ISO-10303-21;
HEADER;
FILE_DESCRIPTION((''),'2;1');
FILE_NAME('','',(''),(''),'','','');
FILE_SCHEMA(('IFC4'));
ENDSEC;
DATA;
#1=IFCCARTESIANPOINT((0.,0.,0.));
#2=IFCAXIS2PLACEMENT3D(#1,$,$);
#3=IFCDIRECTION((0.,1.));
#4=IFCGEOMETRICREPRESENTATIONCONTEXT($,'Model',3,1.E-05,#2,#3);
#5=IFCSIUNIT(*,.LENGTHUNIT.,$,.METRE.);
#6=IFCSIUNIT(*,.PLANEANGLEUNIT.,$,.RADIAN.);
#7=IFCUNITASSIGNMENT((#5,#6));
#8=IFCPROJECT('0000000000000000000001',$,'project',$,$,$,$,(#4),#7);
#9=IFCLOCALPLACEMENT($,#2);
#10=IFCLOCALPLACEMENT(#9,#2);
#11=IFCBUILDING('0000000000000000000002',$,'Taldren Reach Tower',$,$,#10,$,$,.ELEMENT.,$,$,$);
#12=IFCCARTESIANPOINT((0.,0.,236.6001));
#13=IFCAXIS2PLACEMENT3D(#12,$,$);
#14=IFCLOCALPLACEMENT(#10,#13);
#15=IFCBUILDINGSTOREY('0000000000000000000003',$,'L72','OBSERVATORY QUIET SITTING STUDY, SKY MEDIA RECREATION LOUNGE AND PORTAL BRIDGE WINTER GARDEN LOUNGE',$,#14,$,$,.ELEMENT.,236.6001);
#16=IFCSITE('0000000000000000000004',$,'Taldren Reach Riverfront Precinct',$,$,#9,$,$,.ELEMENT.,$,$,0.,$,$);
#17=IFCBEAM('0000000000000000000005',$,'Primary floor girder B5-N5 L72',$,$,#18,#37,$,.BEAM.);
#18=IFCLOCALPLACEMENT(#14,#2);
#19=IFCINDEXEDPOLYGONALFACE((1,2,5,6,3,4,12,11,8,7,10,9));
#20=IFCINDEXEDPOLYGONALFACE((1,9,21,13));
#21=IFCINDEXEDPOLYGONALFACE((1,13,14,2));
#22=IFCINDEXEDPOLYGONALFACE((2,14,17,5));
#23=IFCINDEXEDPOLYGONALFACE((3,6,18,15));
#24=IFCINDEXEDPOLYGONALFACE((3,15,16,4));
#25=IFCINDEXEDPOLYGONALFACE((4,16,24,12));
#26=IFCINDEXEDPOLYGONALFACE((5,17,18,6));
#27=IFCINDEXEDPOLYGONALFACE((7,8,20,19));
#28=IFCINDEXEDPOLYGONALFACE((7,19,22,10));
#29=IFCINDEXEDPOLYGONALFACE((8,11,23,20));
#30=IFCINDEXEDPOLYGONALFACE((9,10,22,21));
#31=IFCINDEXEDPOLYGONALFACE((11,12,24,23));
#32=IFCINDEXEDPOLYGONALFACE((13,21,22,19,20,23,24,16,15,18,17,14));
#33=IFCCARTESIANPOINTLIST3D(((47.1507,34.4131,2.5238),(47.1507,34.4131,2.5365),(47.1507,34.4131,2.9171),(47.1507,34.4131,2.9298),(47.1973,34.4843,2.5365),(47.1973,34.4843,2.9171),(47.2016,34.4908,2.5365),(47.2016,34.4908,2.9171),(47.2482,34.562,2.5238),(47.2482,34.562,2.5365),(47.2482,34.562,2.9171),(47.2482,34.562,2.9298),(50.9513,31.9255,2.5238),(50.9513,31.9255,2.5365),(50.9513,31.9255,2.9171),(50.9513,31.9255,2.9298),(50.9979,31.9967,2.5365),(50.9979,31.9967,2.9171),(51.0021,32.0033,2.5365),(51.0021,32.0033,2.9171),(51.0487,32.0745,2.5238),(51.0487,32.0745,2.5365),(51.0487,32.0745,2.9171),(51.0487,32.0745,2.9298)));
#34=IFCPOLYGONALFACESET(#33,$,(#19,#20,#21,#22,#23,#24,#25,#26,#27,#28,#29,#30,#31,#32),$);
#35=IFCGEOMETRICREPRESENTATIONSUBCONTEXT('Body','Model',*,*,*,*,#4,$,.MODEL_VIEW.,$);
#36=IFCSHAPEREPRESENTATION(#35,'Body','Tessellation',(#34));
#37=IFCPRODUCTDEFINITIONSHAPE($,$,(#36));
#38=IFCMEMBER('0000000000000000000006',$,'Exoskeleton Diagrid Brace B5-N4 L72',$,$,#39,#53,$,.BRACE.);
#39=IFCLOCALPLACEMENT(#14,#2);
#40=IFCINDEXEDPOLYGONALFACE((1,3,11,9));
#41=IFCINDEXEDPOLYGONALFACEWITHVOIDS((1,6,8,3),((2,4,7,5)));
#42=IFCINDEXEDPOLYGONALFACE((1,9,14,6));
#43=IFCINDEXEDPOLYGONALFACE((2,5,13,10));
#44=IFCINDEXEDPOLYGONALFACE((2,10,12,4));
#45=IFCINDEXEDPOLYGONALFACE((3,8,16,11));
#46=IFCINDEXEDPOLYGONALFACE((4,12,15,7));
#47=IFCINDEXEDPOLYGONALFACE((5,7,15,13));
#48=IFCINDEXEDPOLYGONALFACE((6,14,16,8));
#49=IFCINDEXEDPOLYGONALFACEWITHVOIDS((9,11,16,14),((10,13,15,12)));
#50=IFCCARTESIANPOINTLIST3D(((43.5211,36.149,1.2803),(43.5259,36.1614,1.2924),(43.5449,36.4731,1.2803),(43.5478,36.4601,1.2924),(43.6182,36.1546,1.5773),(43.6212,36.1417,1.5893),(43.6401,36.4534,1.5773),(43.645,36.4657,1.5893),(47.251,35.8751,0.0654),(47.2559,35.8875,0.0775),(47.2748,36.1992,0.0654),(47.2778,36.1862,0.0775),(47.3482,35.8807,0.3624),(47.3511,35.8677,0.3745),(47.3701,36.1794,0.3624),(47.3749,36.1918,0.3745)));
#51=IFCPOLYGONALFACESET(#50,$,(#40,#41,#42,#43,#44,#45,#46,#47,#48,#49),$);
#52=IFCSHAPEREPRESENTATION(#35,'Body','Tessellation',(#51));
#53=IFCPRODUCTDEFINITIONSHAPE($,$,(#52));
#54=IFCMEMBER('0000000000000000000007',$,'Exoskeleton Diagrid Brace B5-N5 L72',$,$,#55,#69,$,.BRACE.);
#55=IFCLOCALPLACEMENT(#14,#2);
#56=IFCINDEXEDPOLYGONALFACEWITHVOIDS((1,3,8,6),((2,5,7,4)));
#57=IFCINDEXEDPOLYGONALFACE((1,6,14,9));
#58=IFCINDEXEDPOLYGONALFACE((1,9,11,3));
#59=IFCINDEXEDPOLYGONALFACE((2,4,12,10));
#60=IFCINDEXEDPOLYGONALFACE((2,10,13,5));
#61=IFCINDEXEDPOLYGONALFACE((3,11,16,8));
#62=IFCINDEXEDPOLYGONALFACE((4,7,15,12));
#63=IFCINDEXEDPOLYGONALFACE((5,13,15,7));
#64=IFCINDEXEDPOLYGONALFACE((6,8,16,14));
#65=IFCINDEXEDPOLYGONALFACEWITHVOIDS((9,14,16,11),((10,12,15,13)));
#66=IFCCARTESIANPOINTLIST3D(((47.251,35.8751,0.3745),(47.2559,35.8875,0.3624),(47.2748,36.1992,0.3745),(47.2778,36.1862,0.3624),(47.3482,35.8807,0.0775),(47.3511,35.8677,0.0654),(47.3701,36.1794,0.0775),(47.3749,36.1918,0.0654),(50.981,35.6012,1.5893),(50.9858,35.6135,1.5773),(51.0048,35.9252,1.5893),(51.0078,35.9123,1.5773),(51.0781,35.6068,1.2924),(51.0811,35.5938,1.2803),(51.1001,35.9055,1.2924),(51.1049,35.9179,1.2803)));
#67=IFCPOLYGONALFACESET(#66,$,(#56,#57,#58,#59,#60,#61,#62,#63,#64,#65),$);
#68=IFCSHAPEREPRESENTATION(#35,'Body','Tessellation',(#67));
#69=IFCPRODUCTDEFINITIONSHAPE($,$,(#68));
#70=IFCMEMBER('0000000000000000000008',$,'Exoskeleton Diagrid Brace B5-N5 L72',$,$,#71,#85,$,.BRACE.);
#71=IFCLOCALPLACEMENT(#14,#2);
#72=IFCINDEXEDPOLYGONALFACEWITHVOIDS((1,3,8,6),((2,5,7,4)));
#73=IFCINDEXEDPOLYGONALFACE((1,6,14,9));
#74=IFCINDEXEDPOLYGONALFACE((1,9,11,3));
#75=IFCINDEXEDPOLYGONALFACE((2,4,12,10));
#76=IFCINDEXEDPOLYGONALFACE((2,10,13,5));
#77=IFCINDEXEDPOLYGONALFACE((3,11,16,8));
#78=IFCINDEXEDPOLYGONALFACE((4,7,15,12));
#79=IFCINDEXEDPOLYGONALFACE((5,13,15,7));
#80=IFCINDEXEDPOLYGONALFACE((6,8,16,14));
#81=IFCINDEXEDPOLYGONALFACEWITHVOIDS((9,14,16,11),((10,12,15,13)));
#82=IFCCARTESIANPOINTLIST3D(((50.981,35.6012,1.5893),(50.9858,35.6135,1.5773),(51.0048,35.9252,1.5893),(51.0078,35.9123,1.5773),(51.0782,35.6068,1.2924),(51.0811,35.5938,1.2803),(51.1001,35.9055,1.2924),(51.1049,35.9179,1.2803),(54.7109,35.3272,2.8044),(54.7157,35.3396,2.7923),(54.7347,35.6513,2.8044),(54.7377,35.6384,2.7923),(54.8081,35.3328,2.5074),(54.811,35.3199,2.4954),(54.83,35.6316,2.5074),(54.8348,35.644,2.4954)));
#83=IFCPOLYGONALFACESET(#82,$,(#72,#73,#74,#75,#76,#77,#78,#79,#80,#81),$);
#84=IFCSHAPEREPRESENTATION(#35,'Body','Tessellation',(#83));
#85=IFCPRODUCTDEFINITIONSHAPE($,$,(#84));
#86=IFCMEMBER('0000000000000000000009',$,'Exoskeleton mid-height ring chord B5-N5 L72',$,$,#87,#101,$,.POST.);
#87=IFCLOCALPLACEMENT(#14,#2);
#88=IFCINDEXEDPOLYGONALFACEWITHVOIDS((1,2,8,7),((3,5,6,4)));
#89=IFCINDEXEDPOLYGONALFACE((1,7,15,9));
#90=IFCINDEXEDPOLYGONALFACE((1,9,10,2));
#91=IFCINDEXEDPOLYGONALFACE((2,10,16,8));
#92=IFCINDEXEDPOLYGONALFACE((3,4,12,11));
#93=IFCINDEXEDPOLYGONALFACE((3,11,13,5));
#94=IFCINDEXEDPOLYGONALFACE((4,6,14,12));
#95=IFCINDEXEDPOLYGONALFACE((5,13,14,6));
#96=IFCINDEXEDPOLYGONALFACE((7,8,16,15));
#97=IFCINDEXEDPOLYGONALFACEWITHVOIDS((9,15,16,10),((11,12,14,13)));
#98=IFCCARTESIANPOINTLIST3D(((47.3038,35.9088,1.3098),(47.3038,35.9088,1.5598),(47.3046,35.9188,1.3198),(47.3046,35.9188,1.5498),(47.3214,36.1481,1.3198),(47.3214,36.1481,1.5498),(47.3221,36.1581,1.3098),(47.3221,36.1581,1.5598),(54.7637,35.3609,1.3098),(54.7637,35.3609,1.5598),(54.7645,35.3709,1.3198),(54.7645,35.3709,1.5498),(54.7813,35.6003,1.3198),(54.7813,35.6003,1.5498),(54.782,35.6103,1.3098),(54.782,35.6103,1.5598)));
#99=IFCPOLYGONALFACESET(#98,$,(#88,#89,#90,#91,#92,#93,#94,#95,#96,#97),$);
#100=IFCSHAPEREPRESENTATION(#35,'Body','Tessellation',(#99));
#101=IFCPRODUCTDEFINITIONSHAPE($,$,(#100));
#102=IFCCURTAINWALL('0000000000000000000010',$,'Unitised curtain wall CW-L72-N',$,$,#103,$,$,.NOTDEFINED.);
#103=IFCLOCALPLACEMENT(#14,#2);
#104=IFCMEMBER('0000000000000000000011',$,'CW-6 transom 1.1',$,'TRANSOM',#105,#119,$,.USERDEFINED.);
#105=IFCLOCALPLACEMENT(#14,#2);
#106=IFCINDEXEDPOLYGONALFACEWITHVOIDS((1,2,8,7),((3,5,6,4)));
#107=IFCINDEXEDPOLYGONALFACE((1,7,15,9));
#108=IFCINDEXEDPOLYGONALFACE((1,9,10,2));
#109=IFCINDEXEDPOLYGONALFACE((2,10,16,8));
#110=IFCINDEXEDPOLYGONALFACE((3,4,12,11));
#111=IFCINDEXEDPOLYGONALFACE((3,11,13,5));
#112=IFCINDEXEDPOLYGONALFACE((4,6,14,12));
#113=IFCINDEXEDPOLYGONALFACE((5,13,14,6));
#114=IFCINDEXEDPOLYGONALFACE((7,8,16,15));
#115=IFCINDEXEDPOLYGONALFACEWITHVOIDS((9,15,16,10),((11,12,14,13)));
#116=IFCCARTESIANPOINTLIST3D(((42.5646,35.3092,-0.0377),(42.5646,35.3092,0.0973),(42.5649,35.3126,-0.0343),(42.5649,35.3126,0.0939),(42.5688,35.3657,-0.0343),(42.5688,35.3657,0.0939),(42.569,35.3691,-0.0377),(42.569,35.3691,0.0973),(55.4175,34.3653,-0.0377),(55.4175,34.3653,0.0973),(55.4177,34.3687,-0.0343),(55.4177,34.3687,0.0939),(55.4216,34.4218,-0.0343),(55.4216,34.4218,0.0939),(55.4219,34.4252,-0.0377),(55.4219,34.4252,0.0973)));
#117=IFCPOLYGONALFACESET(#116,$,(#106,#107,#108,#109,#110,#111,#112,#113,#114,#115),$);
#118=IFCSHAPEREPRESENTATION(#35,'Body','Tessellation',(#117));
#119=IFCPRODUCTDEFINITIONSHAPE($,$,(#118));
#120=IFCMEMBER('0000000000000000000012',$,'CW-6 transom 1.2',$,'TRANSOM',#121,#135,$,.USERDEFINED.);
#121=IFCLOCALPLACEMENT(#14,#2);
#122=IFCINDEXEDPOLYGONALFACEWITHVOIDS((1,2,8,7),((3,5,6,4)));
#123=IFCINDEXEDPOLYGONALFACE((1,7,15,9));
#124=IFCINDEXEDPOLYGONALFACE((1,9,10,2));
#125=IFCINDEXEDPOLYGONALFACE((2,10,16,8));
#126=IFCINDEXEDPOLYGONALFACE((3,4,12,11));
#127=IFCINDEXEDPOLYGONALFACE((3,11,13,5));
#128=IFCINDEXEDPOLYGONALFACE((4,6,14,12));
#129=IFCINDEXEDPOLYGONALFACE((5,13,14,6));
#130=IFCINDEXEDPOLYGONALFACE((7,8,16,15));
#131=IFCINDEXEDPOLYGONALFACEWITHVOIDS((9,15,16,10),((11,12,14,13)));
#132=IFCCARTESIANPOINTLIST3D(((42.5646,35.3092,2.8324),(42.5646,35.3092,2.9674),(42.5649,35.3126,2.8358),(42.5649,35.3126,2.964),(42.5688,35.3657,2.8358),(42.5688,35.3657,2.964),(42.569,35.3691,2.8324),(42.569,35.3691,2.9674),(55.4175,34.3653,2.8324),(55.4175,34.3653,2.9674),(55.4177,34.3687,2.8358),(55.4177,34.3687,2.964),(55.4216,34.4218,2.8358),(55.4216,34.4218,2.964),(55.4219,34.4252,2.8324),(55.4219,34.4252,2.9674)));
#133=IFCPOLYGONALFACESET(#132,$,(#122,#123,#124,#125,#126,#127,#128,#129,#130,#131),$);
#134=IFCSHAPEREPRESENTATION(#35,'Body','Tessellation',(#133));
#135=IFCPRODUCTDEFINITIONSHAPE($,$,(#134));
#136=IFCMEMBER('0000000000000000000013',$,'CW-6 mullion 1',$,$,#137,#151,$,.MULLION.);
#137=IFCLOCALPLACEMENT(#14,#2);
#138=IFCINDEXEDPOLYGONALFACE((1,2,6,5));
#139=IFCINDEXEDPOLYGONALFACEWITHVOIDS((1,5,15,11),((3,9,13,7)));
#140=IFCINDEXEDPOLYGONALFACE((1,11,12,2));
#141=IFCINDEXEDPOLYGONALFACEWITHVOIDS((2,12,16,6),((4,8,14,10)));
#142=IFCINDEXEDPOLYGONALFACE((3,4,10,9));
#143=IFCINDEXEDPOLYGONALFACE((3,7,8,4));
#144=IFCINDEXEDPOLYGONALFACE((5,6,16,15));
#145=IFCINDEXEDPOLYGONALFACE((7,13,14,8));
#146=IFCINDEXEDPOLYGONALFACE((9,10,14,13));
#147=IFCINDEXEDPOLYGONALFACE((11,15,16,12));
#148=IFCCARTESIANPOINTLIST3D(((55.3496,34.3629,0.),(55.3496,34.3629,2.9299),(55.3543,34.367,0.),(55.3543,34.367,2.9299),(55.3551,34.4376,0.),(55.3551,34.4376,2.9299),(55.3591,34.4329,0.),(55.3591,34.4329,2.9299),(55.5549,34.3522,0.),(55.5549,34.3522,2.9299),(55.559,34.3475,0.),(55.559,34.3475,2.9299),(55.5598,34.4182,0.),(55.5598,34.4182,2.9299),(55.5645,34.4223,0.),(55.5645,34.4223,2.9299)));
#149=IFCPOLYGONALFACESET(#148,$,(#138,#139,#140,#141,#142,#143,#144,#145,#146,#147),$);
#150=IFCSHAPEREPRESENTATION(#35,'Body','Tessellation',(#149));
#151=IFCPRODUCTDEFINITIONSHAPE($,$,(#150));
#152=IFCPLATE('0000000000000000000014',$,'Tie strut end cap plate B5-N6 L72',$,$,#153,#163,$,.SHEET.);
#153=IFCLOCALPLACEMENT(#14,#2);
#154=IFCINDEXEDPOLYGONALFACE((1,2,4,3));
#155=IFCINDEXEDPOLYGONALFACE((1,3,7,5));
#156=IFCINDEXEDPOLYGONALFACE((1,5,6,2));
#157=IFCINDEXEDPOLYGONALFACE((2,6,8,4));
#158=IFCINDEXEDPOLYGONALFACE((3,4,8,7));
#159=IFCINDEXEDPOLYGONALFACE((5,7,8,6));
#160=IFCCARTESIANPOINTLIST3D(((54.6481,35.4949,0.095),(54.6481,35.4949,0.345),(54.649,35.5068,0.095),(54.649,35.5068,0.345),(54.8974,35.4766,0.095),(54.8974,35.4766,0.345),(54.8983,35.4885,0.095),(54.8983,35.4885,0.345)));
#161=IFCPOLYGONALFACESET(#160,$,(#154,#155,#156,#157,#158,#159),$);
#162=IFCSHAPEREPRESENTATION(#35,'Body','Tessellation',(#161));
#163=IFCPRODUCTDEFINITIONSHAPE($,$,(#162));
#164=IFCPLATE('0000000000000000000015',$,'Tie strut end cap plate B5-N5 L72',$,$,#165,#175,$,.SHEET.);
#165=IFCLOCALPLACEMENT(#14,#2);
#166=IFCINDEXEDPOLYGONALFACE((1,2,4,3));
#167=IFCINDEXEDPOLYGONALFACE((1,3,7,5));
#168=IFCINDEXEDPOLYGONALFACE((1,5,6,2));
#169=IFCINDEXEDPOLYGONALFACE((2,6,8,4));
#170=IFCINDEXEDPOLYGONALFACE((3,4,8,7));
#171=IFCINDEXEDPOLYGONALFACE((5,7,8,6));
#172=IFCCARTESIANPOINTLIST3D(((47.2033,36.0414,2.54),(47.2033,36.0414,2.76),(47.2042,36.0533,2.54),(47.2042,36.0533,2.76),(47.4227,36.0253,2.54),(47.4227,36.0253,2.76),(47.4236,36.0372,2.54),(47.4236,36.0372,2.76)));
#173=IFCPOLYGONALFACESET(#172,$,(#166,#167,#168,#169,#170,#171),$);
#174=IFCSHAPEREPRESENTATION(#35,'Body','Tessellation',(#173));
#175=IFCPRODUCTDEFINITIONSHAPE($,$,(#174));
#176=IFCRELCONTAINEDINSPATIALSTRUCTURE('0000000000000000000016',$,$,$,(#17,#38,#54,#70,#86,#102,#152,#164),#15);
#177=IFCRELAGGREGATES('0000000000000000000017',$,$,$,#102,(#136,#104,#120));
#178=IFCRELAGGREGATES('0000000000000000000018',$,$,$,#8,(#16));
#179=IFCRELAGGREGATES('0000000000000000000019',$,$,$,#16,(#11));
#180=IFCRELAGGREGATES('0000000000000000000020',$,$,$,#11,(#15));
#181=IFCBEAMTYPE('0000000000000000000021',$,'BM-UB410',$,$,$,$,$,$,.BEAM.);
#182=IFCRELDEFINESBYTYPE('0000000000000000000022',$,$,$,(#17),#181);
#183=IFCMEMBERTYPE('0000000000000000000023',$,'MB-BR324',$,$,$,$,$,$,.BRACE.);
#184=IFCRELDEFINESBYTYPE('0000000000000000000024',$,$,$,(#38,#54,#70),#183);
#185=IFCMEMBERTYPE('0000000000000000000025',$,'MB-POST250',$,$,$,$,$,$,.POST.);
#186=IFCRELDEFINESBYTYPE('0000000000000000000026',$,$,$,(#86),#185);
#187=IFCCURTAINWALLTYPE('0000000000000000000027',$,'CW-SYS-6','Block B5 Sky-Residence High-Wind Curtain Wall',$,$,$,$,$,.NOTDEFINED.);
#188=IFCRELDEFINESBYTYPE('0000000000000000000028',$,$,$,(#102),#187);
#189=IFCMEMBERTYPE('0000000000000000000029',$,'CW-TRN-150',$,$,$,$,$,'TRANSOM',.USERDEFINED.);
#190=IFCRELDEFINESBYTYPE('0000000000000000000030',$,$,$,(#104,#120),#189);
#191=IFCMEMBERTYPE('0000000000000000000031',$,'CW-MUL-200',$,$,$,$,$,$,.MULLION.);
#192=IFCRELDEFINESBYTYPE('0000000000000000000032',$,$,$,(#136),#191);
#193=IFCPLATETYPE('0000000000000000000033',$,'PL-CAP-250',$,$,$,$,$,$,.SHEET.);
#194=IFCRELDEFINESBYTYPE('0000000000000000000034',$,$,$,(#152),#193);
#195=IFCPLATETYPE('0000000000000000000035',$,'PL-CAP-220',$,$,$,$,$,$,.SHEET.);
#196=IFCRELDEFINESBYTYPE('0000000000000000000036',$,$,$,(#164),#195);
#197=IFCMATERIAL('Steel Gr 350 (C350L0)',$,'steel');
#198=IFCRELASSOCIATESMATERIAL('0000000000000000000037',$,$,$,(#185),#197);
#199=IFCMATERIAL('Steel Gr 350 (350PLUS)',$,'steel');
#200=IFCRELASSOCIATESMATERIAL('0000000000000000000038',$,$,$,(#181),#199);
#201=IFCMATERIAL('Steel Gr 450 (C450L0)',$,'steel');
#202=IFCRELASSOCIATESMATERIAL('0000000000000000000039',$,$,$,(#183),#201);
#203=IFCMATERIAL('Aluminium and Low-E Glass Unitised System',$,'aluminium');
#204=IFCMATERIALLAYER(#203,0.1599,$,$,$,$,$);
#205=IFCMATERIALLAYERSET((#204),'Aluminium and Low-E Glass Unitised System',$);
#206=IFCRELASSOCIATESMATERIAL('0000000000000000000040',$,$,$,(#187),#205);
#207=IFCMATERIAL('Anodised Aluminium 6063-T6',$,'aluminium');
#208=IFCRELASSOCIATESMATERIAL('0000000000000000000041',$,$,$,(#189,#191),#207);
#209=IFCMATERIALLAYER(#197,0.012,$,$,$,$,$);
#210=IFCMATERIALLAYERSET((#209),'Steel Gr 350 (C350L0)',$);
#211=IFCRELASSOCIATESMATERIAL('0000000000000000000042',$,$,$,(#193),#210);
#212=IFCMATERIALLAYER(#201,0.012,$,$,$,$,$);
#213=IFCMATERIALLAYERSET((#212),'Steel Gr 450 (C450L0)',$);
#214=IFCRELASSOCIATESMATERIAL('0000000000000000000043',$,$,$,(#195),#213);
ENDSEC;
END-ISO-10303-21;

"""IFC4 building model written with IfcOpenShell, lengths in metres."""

from ifc_helpers import new_model, si_unit, direction, frame, origin, origin_2d, place, context, subcontext, project, spatial, rectangle, hollow_rectangle, i_section, extrude, source, transform, mapped, material, layer, layer_set, material_profile, profile_set, type_object, element, aggregate, save


model = new_model("IFC4")

# Units and contexts
model_context = context("Model", 3, precision=1e-05, world=origin(), true_north=direction((0.0, 1.0)))
body_context = subcontext(model_context, "Body", "Model", "MODEL_VIEW")
ifc_project = project(units=[si_unit("LENGTHUNIT", "METRE"), si_unit("PLANEANGLEUNIT", "RADIAN")], contexts=[model_context])

# Site, building, storey
site_placement = place(None, origin())
site = spatial("IfcSite", under=ifc_project, at=site_placement, Name="Taldren Reach Riverfront Precinct", CompositionType="ELEMENT", RefElevation=0.0)
building_placement = place(site_placement, origin())
building = spatial("IfcBuilding", under=site, at=building_placement, Name="Taldren Reach Tower", CompositionType="ELEMENT")
storey_placement = place(building_placement, frame((0.0, 0.0, 236.6001)))
storey = spatial("IfcBuildingStorey", under=building, at=storey_placement, Name="L72", Description="OBSERVATORY QUIET SITTING STUDY, SKY MEDIA RECREATION LOUNGE AND PORTAL BRIDGE WINTER GARDEN LOUNGE", CompositionType="ELEMENT", Elevation=236.6001)

# Shared definitions
ifc_material_1 = material(Name="Steel Gr 350 (C350L0)", Category="steel")
ifc_material_2 = material(Name="Steel Gr 350 (350PLUS)", Category="steel")

# Shared definitions
ifc_material_profile_1 = material_profile(ifc_material_1, hollow_rectangle(XDim=0.25, YDim=0.25, WallThickness=0.01, at=origin_2d()), Name="250x250x10.0SHS")
ifc_profile_set_1 = profile_set([ifc_material_profile_1], Name="Steel Gr 350 (C350L0)")
member_type_1 = type_object("IfcMemberType", Name="MB-POST250", PredefinedType="POST", material=ifc_profile_set_1)
ifc_material_3 = material(Name="Steel Gr 450 (C450L0)", Category="steel")

# Beam
ifc_material_profile_2 = material_profile(ifc_material_2, i_section(OverallWidth=0.178, OverallDepth=0.406, WebThickness=0.0078, FlangeThickness=0.0127, at=origin_2d()), Name="410UB59.7")
ifc_profile_set_2 = profile_set([ifc_material_profile_2], Name="Steel Gr 350 (350PLUS)")
beam_type_1 = type_object("IfcBeamType", Name="BM-UB410", PredefinedType="BEAM", material=ifc_profile_set_2)
shared_shape_1 = source(origin(), body_context, "Body", "SweptSolid", [
    extrude(i_section(OverallWidth=0.178, OverallDepth=0.406, WebThickness=0.0078, FlangeThickness=0.0127, at=origin_2d()), origin(), (0.0, 0.0, 1.0), 4.5422),
])
beam_placement = place(storey_placement, frame((51.0, 32.0, 2.7268), z_axis=(-0.836709, 0.547648, 0.0), x_axis=(-0.547648, -0.836709, 0.0)))
element("IfcBeam", 1, at=beam_placement, inside=storey, type_object=beam_type_1, Name="Primary floor girder B5-N5 L72", PredefinedType="BEAM", context=body_context, shape_type="MappedRepresentation", body=[
    mapped(shared_shape_1, transform((0.0, 0.0, 0.0), scale=1.0)),
])

# Members
ifc_material_profile_3 = material_profile(ifc_material_3, hollow_rectangle(XDim=0.325, YDim=0.325, WallThickness=0.0127, at=origin_2d()), Name="325x325x12.7SHS")
ifc_profile_set_3 = profile_set([ifc_material_profile_3], Name="Steel Gr 450 (C450L0)")
member_type_2 = type_object("IfcMemberType", Name="MB-BR324", PredefinedType="BRACE", material=ifc_profile_set_3)
shared_shape_2 = source(origin(), body_context, "Body", "SweptSolid", [
    extrude(hollow_rectangle(XDim=0.325, YDim=0.325, WallThickness=0.0127, at=origin_2d()), origin(), (0.0, 0.0, 1.0), 3.9324),
])
for number, where, z_axis, x_axis, name in (
    (2, (47.313, 36.0334, 0.22), (-0.948529, 0.069659, 0.308933), (-0.073242, -0.997314, 0.0), "Exoskeleton Diagrid Brace B5-N4 L72"),
    (3, (47.313, 36.0334, 0.22), (0.948529, -0.069659, 0.308933), (0.073242, 0.997314, 0.0), "Exoskeleton Diagrid Brace B5-N5 L72"),
    (4, (51.043, 35.7595, 1.4348), (0.948511, -0.069658, 0.308989), (0.073242, 0.997314, 0.0), "Exoskeleton Diagrid Brace B5-N5 L72"),
):
    element("IfcMember", number, at=place(storey_placement, frame(where, z_axis=z_axis, x_axis=x_axis)), inside=storey, type_object=member_type_2, Name=name, PredefinedType="BRACE", context=body_context, shape_type="MappedRepresentation", body=[
        mapped(shared_shape_2, transform((0.0, 0.0, 0.0), scale=1.0)),
    ])
shared_shape_3 = source(origin(), body_context, "Body", "SweptSolid", [
    extrude(hollow_rectangle(XDim=0.25, YDim=0.25, WallThickness=0.01, at=origin_2d()), origin(), (0.0, 0.0, 1.0), 7.48),
])
member_1_placement = place(storey_placement, frame((47.313, 36.0334, 1.4348), z_axis=(0.997314, -0.073242, 0.0), x_axis=(0.073242, 0.997314, 0.0)))
element("IfcMember", 5, at=member_1_placement, inside=storey, type_object=member_type_1, Name="Exoskeleton mid-height ring chord B5-N5 L72", PredefinedType="POST", context=body_context, shape_type="MappedRepresentation", body=[
    mapped(shared_shape_3, transform((0.0, 0.0, 0.0), scale=1.0)),
])

# Curtain wall, members
ifc_material_4 = material(Name="Aluminium and Low-E Glass Unitised System", Category="aluminium")
ifc_layer_1 = layer(ifc_material_4, 0.1599)
ifc_layer_set_1 = layer_set([ifc_layer_1], Name="Aluminium and Low-E Glass Unitised System")
curtain_wall_type = type_object("IfcCurtainWallType", Name="CW-SYS-6", Description="Block B5 Sky-Residence High-Wind Curtain Wall", PredefinedType="NOTDEFINED", material=ifc_layer_set_1)
curtain_wall_placement = place(storey_placement, origin())
curtain_wall = element("IfcCurtainWall", 6, at=curtain_wall_placement, inside=storey, type_object=curtain_wall_type, Name="Unitised curtain wall CW-L72-N", PredefinedType="NOTDEFINED")
ifc_material_5 = material(Name="Anodised Aluminium 6063-T6", Category="aluminium")
ifc_material_profile_4 = material_profile(ifc_material_5, hollow_rectangle(XDim=0.0601, YDim=0.135, WallThickness=0.0034, at=origin_2d()), Name="ALU-135x60x3.5RHS")
ifc_profile_set_4 = profile_set([ifc_material_profile_4], Name="Anodised Aluminium 6063-T6")
member_type_3 = type_object("IfcMemberType", Name="CW-TRN-150", ElementType="TRANSOM", PredefinedType="USERDEFINED", material=ifc_profile_set_4)
shared_shape_4 = source(origin(), body_context, "Body", "SweptSolid", [
    extrude(hollow_rectangle(XDim=0.0601, YDim=0.135, WallThickness=0.0034, at=origin_2d()), origin(), (0.0, 0.0, 1.0), 12.8875),
])
member_2_placement = place(storey_placement, frame((55.4197, 34.3953, 0.0298), z_axis=(-0.997314, 0.073238, 0.0), x_axis=(-0.073238, -0.997314, 0.0)))
member_2 = element("IfcMember", 7, at=member_2_placement, type_object=member_type_3, Name="CW-6 transom 1.1", ObjectType="TRANSOM", PredefinedType="USERDEFINED", context=body_context, shape_type="MappedRepresentation", body=[
    mapped(shared_shape_4, transform((0.0, 0.0, 0.0), scale=1.0)),
])
member_3_placement = place(storey_placement, frame((55.4197, 34.3953, 2.8999), z_axis=(-0.997314, 0.073238, 0.0), x_axis=(-0.073238, -0.997314, 0.0)))
member_3 = element("IfcMember", 8, at=member_3_placement, type_object=member_type_3, Name="CW-6 transom 1.2", ObjectType="TRANSOM", PredefinedType="USERDEFINED", context=body_context, shape_type="MappedRepresentation", body=[
    mapped(shared_shape_4, transform((0.0, 0.0, 0.0), scale=1.0)),
])
ifc_material_profile_5 = material_profile(ifc_material_5, hollow_rectangle(XDim=0.075, YDim=0.21, WallThickness=0.0044, at=origin_2d()), Name="ALU-210x75x4.5RHS")
ifc_profile_set_5 = profile_set([ifc_material_profile_5], Name="Anodised Aluminium 6063-T6")
member_type_4 = type_object("IfcMemberType", Name="CW-MUL-200", PredefinedType="MULLION", material=ifc_profile_set_5)
shared_shape_5 = source(origin(), body_context, "Body", "SweptSolid", [
    extrude(hollow_rectangle(XDim=0.075, YDim=0.21, WallThickness=0.0044, at=origin_2d()), origin(), (0.0, 0.0, 1.0), 2.9299),
])
member_4_placement = place(storey_placement, frame((55.457, 34.3926, 0.0), z_axis=(0.0, 0.0, 1.0), x_axis=(-0.073238, -0.997314, 0.0)))
member_4 = element("IfcMember", 9, at=member_4_placement, type_object=member_type_4, Name="CW-6 mullion 1", PredefinedType="MULLION", context=body_context, shape_type="MappedRepresentation", body=[
    mapped(shared_shape_5, transform((0.0, 0.0, 0.0), scale=1.0)),
])

# Plates
ifc_layer_2 = layer(ifc_material_1, 0.012)
ifc_layer_set_2 = layer_set([ifc_layer_2], Name="Steel Gr 350 (C350L0)")
plate_type_1 = type_object("IfcPlateType", Name="PL-CAP-250", PredefinedType="SHEET", material=ifc_layer_set_2)
shared_shape_6 = source(origin(), body_context, "Body", "SweptSolid", [
    extrude(rectangle(XDim=0.25, YDim=0.012, at=origin_2d()), origin(), (0.0, 0.0, 1.0), 0.25),
])
plate_1_placement = place(storey_placement, frame((54.7732, 35.4917, 0.095), z_axis=(0.0, 0.0, 1.0), x_axis=(0.997314, -0.073238, 0.0)))
element("IfcPlate", 10, at=plate_1_placement, inside=storey, type_object=plate_type_1, Name="Tie strut end cap plate B5-N6 L72", PredefinedType="SHEET", context=body_context, shape_type="MappedRepresentation", body=[
    mapped(shared_shape_6, transform((0.0, 0.0, 0.0), scale=1.0)),
])
ifc_layer_3 = layer(ifc_material_3, 0.012)
ifc_layer_set_3 = layer_set([ifc_layer_3], Name="Steel Gr 450 (C450L0)")
plate_type_2 = type_object("IfcPlateType", Name="PL-CAP-220", PredefinedType="SHEET", material=ifc_layer_set_3)
shared_shape_7 = source(origin(), body_context, "Body", "SweptSolid", [
    extrude(rectangle(XDim=0.22, YDim=0.012, at=origin_2d()), origin(), (0.0, 0.0, 1.0), 0.22),
])
plate_2_placement = place(storey_placement, frame((47.3135, 36.0393, 2.54), z_axis=(0.0, 0.0, 1.0), x_axis=(0.997314, -0.073238, 0.0)))
element("IfcPlate", 11, at=plate_2_placement, inside=storey, type_object=plate_type_2, Name="Tie strut end cap plate B5-N5 L72", PredefinedType="SHEET", context=body_context, shape_type="MappedRepresentation", body=[
    mapped(shared_shape_7, transform((0.0, 0.0, 0.0), scale=1.0)),
])

aggregate(curtain_wall, [member_4, member_2, member_3])

save(model, "model.ifc")
